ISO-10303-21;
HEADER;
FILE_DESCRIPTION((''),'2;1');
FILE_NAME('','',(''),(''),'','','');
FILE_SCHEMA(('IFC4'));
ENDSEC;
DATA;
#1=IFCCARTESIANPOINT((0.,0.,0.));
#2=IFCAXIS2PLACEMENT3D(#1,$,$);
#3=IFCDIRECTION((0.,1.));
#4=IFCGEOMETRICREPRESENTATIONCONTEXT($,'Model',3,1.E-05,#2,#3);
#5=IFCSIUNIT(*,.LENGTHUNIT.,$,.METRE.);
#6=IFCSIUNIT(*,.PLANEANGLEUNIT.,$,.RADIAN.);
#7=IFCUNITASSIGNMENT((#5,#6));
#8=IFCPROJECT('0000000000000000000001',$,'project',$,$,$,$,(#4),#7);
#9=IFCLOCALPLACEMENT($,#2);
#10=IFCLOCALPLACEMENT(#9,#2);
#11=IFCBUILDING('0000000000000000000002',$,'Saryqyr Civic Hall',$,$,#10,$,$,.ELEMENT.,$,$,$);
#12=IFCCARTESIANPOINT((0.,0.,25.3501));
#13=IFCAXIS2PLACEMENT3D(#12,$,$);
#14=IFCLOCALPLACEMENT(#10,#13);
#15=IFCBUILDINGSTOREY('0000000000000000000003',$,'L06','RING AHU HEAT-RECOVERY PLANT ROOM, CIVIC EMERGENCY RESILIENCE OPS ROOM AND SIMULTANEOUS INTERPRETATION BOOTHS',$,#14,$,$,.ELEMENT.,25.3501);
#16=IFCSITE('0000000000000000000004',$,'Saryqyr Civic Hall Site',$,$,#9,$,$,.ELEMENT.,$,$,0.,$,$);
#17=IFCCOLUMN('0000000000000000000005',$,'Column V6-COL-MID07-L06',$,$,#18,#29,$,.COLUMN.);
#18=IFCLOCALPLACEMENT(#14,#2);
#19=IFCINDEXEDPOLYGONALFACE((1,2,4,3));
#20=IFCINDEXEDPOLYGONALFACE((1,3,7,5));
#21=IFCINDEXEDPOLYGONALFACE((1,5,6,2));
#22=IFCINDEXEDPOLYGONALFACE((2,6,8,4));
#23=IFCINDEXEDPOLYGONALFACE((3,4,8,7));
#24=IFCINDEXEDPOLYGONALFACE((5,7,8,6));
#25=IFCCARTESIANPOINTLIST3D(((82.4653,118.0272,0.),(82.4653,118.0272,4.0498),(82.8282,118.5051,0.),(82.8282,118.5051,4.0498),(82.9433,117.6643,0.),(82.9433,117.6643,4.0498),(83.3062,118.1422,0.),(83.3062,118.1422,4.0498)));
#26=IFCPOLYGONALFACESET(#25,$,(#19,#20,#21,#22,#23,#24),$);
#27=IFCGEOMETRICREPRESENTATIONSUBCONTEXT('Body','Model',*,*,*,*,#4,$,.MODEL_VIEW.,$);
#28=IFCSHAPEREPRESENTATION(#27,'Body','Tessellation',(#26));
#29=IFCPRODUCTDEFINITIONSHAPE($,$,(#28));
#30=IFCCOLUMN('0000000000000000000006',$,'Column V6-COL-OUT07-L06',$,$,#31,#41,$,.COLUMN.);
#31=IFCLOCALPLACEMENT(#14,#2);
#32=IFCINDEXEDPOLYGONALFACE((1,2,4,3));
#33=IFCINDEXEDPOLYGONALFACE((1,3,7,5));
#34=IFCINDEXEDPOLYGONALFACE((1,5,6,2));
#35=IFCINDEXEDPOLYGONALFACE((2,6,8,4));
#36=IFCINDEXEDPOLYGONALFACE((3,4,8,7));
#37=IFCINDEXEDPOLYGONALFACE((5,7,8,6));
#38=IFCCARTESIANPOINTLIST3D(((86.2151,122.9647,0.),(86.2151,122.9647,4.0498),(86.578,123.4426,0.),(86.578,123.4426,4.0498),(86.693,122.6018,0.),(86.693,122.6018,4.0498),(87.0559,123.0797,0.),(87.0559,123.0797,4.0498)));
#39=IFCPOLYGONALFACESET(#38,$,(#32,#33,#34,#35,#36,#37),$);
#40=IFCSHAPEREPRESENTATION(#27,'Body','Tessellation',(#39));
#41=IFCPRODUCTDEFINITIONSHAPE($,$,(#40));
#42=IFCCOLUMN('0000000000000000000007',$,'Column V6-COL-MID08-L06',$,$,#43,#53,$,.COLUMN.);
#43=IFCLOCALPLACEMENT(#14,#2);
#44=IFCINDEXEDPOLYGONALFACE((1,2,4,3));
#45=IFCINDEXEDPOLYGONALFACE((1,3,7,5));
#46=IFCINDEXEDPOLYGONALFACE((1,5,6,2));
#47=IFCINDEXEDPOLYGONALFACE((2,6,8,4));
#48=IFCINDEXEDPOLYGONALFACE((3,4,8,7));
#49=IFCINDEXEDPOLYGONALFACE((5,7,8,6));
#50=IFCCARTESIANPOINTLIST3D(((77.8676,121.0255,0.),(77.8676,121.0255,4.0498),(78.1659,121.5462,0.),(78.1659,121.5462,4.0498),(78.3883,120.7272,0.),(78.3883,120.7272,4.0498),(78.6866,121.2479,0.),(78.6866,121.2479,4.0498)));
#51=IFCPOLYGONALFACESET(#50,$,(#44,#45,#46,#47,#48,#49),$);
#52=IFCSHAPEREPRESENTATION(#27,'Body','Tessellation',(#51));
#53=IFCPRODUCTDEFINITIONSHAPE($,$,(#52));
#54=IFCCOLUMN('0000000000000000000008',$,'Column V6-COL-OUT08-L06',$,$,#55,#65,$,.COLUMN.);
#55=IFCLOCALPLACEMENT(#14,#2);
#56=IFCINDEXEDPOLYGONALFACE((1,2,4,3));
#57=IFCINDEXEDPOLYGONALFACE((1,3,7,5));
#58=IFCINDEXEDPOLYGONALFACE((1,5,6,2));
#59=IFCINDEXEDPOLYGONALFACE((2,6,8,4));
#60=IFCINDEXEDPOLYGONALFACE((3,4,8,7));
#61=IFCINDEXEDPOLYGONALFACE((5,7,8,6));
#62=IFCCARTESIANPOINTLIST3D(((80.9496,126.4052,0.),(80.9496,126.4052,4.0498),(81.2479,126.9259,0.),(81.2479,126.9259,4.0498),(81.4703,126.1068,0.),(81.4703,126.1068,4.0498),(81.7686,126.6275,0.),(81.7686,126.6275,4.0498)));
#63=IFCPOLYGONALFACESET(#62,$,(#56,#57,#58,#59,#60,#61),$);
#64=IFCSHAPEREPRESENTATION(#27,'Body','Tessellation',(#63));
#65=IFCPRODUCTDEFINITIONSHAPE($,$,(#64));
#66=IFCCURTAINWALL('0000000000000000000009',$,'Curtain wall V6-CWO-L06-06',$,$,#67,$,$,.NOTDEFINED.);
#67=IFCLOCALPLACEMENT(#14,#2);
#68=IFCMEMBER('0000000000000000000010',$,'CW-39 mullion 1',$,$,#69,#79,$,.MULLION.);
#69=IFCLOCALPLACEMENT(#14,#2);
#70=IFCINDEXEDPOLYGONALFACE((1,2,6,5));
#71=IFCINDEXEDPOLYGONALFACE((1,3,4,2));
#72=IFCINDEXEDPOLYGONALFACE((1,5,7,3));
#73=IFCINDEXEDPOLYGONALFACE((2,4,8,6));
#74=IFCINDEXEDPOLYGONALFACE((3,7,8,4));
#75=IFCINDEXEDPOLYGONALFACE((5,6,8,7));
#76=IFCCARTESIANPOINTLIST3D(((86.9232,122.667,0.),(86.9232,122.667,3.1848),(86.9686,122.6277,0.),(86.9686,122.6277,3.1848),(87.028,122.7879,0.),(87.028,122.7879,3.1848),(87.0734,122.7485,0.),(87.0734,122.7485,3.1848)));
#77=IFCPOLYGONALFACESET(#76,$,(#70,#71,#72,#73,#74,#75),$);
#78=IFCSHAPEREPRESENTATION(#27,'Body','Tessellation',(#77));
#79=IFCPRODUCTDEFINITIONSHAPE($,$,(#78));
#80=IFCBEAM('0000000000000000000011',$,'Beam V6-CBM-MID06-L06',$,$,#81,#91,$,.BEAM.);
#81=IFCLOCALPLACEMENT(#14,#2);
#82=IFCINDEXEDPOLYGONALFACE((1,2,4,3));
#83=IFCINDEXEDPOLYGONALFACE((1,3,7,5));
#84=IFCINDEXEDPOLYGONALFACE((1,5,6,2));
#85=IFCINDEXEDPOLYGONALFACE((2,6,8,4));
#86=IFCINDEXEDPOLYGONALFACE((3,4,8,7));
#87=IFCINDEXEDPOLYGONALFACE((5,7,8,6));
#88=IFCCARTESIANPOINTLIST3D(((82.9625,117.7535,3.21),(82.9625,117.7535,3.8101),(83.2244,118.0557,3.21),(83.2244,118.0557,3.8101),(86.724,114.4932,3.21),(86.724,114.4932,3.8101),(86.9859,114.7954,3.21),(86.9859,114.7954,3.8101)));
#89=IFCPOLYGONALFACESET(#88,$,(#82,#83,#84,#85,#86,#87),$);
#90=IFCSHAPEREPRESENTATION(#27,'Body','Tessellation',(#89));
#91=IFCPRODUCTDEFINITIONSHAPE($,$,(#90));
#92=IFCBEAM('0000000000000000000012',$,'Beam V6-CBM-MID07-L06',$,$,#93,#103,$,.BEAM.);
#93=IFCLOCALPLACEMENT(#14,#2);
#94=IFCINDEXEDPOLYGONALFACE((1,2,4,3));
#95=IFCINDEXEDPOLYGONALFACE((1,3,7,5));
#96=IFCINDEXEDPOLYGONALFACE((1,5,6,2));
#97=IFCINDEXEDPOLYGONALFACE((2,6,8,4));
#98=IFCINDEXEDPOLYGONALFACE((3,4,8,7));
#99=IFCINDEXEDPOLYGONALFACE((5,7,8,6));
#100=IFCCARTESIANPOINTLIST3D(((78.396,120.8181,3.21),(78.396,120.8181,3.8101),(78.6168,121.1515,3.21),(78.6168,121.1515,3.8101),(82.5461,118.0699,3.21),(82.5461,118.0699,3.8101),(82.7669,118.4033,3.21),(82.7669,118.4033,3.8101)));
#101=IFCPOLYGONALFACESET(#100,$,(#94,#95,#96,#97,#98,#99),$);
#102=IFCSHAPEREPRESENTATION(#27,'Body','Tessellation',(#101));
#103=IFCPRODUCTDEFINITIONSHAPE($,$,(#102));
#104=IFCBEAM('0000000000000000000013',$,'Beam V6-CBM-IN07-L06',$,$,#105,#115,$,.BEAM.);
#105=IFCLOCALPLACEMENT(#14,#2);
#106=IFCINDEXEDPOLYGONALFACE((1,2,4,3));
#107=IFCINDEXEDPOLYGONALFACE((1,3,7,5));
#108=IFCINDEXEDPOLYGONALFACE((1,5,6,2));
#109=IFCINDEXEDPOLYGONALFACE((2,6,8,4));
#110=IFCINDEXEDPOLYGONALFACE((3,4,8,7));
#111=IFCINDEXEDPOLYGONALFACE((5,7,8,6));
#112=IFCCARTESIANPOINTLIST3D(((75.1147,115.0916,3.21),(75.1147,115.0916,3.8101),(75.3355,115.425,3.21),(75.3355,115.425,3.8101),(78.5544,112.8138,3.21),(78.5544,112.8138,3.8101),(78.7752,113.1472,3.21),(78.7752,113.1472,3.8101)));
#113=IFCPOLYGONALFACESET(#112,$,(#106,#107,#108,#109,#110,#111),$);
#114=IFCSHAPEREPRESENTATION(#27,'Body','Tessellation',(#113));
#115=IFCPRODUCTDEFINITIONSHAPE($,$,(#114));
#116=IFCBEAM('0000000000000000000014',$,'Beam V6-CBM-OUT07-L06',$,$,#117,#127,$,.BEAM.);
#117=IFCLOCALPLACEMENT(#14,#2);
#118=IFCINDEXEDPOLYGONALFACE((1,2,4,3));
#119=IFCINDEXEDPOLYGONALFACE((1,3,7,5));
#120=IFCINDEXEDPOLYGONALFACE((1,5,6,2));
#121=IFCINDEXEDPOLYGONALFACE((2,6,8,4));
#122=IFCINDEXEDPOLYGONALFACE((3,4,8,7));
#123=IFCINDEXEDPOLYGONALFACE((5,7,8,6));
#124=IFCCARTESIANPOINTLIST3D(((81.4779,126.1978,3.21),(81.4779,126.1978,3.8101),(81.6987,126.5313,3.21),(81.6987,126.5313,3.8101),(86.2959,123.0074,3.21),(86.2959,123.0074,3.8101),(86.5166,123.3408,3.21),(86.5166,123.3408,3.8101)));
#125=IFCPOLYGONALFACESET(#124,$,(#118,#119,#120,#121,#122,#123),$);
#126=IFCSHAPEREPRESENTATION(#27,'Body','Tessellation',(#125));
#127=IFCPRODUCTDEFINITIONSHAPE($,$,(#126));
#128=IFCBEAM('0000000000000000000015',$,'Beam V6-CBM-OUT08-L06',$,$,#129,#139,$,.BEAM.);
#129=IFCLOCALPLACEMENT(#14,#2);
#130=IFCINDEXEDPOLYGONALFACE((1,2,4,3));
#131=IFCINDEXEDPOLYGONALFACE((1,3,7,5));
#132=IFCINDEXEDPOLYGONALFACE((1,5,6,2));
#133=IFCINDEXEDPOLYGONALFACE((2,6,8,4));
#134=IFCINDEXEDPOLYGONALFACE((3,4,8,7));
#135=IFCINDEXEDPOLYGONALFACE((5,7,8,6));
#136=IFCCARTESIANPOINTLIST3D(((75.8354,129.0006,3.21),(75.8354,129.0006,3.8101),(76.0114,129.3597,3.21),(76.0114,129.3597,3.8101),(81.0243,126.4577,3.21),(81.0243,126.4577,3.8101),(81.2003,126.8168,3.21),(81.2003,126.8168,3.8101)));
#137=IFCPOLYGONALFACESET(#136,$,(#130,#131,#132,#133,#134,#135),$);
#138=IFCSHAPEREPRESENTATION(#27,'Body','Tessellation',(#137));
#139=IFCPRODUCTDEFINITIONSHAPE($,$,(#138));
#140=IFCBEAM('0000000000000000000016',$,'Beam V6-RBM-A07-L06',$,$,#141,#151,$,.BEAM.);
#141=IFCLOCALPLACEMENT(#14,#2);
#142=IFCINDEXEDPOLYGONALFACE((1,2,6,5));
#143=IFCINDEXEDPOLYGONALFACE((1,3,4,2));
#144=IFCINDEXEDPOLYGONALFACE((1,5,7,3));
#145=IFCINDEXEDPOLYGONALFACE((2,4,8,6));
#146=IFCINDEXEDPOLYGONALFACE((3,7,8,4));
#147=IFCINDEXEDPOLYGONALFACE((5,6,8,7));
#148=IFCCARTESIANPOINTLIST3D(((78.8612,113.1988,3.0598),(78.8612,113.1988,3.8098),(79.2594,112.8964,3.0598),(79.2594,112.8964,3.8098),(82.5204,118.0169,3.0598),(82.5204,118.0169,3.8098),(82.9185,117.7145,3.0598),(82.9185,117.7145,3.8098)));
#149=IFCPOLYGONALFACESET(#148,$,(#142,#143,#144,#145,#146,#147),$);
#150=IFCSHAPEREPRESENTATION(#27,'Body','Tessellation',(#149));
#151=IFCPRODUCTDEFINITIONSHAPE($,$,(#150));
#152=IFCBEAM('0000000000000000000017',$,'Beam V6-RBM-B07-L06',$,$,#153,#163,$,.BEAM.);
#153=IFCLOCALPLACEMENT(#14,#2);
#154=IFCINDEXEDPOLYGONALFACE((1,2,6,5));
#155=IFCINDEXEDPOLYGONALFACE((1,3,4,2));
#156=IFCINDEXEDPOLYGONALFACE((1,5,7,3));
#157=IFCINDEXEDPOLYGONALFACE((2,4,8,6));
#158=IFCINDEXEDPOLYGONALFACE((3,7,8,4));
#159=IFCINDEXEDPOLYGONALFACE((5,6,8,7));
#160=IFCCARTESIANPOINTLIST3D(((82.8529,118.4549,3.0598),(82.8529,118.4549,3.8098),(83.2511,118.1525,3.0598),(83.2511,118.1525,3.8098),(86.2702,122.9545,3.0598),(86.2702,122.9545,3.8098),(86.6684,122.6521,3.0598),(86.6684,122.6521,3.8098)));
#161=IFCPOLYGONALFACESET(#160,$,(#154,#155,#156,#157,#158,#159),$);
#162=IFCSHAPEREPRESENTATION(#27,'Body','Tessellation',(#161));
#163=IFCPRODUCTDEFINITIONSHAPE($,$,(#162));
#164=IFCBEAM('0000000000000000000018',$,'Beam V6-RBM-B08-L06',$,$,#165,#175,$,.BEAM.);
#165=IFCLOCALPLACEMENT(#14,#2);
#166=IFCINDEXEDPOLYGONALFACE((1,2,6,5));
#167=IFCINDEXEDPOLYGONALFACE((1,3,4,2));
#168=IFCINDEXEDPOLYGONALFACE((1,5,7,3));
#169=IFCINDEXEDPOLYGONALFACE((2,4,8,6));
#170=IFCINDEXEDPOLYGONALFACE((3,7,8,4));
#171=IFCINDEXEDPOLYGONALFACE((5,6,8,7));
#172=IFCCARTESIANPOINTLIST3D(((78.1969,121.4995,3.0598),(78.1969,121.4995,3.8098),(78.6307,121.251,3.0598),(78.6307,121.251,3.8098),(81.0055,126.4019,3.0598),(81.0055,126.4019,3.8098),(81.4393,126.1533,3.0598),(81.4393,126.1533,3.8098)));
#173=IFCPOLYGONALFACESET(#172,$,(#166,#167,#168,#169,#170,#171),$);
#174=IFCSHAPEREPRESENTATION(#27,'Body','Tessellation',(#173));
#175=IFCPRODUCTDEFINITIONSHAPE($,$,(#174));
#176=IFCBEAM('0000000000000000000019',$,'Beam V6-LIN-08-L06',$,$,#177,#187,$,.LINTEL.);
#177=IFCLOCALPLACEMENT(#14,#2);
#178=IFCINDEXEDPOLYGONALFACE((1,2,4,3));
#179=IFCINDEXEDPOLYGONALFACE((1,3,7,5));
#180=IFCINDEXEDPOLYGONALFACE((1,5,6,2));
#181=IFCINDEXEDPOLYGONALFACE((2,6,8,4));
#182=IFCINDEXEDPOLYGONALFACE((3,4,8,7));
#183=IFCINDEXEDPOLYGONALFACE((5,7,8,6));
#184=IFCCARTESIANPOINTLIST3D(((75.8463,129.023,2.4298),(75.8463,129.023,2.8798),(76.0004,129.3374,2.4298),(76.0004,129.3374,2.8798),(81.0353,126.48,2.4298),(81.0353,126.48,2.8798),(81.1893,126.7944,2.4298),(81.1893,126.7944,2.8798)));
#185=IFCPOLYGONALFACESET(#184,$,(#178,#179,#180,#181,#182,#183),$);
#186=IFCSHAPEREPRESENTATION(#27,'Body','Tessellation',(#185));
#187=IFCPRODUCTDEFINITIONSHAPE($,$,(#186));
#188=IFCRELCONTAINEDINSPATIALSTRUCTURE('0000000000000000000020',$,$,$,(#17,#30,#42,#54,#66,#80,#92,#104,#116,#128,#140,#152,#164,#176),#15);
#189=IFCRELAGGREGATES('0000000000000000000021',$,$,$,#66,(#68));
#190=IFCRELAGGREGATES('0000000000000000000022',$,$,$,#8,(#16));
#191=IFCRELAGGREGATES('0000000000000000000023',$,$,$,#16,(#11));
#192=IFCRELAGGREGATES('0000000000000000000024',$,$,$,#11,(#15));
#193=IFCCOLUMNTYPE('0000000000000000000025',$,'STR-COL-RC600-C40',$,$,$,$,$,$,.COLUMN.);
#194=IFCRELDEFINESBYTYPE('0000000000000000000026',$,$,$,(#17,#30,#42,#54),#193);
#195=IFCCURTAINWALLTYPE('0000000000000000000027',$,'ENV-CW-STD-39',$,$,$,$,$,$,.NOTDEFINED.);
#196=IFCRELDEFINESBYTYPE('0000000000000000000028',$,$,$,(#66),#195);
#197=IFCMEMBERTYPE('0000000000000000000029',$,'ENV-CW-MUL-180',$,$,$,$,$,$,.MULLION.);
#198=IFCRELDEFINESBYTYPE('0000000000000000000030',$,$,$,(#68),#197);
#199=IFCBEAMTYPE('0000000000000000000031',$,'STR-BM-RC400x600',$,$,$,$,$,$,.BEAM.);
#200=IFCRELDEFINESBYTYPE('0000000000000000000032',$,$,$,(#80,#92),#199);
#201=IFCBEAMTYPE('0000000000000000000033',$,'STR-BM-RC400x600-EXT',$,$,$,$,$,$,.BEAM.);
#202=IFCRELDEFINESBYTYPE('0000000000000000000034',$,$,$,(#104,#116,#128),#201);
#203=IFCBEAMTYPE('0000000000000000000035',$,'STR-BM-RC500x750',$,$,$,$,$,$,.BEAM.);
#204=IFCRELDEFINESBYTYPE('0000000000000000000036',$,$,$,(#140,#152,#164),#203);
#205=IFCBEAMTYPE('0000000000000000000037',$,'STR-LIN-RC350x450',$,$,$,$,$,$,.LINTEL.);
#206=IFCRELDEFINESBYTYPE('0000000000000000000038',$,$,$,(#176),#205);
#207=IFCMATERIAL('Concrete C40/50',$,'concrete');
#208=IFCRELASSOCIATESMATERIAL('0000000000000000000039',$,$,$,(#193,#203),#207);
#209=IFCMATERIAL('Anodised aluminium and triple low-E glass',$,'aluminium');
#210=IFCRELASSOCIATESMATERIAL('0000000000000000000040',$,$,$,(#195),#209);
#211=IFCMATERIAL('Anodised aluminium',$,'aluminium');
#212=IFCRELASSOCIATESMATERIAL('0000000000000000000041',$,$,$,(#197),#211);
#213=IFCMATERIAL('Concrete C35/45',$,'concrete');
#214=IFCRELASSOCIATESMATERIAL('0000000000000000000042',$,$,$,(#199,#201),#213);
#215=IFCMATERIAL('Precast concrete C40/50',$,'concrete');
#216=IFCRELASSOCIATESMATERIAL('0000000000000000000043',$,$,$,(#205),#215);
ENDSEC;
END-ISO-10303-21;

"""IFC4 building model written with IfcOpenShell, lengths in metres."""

from ifc_helpers import new_model, si_unit, direction, frame, origin, origin_2d, place, context, subcontext, project, spatial, rectangle, extrude, material, material_profile, profile_set, type_object, element, aggregate, save


model = new_model("IFC4")

# Units and contexts
model_context = context("Model", 3, precision=1e-05, world=origin(), true_north=direction((0.0, 1.0)))
body_context = subcontext(model_context, "Body", "Model", "MODEL_VIEW")
ifc_project = project(units=[si_unit("LENGTHUNIT", "METRE"), si_unit("PLANEANGLEUNIT", "RADIAN")], contexts=[model_context])

# Site, building, storey
site_placement = place(None, origin())
site = spatial("IfcSite", under=ifc_project, at=site_placement, Name="Saryqyr Civic Hall Site", CompositionType="ELEMENT", RefElevation=0.0)
building_placement = place(site_placement, origin())
building = spatial("IfcBuilding", under=site, at=building_placement, Name="Saryqyr Civic Hall", CompositionType="ELEMENT")
storey_placement = place(building_placement, frame((0.0, 0.0, 25.3501)))
storey = spatial("IfcBuildingStorey", under=building, at=storey_placement, Name="L06", Description="RING AHU HEAT-RECOVERY PLANT ROOM, CIVIC EMERGENCY RESILIENCE OPS ROOM AND SIMULTANEOUS INTERPRETATION BOOTHS", CompositionType="ELEMENT", Elevation=25.3501)

# Columns
ifc_material_1 = material(Name="Concrete C40/50", Category="concrete")
ifc_material_profile_1 = material_profile(ifc_material_1, rectangle(XDim=0.6001, YDim=0.6001, at=origin_2d()), Name="RC 600x600")
ifc_profile_set_1 = profile_set([ifc_material_profile_1], Name="Concrete C40/50")
column_type = type_object("IfcColumnType", Name="STR-COL-RC600-C40", PredefinedType="COLUMN", material=ifc_profile_set_1)
for number, where, z_axis, x_axis, name in (
    (1, (82.8857, 118.0847, 0.0), (0.0, 0.0, 1.0), (0.604738, 0.796424, 0.0), "Column V6-COL-MID07-L06"),
    (2, (86.6355, 123.0222, 0.0), (0.0, 0.0, 1.0), (0.604738, 0.796424, 0.0), "Column V6-COL-OUT07-L06"),
    (3, (78.2771, 121.1367, 0.0), (0.0, 0.0, 1.0), (0.497125, 0.867679, 0.0), "Column V6-COL-MID08-L06"),
    (4, (81.3591, 126.5164, 0.0), (0.0, 0.0, 1.0), (0.497125, 0.867679, 0.0), "Column V6-COL-OUT08-L06"),
):
    element("IfcColumn", number, at=place(storey_placement, frame(where, z_axis=z_axis, x_axis=x_axis)), inside=storey, type_object=column_type, Name=name, PredefinedType="COLUMN", context=body_context, shape_type="SweptSolid", body=[
        extrude(rectangle(XDim=0.6001, YDim=0.6001, at=origin_2d()), origin(), (0.0, 0.0, 1.0), 4.0498),
    ])

# Curtain wall, member
ifc_material_2 = material(Name="Anodised aluminium and triple low-E glass", Category="aluminium")
curtain_wall_type = type_object("IfcCurtainWallType", Name="ENV-CW-STD-39", PredefinedType="NOTDEFINED", material=ifc_material_2)
curtain_wall_placement = place(storey_placement, origin())
curtain_wall = element("IfcCurtainWall", 5, at=curtain_wall_placement, inside=storey, type_object=curtain_wall_type, Name="Curtain wall V6-CWO-L06-06", PredefinedType="NOTDEFINED")
ifc_material_3 = material(Name="Anodised aluminium", Category="aluminium")
ifc_material_profile_2 = material_profile(ifc_material_3, rectangle(XDim=0.0601, YDim=0.1599, at=origin_2d()), Name="ALU MULLION 60x160")
ifc_profile_set_2 = profile_set([ifc_material_profile_2], Name="Anodised aluminium")
member_type = type_object("IfcMemberType", Name="ENV-CW-MUL-180", PredefinedType="MULLION", material=ifc_profile_set_2)
member_placement = place(storey_placement, frame((86.9983, 122.7078, 0.0), z_axis=(0.0, 0.0, 1.0), x_axis=(0.755657, -0.654967, 0.0)))
member = element("IfcMember", 6, at=member_placement, type_object=member_type, Name="CW-39 mullion 1", PredefinedType="MULLION", context=body_context, shape_type="SweptSolid", body=[
    extrude(rectangle(XDim=0.0601, YDim=0.1599, at=origin_2d()), origin(), (0.0, 0.0, 1.0), 3.1848),
])
aggregate(curtain_wall, [member])

# Beams
ifc_material_4 = material(Name="Concrete C35/45", Category="concrete")
ifc_material_profile_3 = material_profile(ifc_material_4, rectangle(XDim=0.3999, YDim=0.6001, at=origin_2d()), Name="RC 400x600")
ifc_profile_set_3 = profile_set([ifc_material_profile_3], Name="Concrete C35/45")
beam_type_1 = type_object("IfcBeamType", Name="STR-BM-RC400x600", PredefinedType="BEAM", material=ifc_profile_set_3)
beam_1_placement = place(storey_placement, frame((86.855, 114.6443, 3.51), z_axis=(-0.755658, 0.654966, 0.0), x_axis=(-0.654966, -0.755658, 0.0)))
element("IfcBeam", 7, at=beam_1_placement, inside=storey, type_object=beam_type_1, Name="Beam V6-CBM-MID06-L06", PredefinedType="BEAM", context=body_context, shape_type="SweptSolid", body=[
    extrude(rectangle(XDim=0.3999, YDim=0.6001, at=origin_2d()), origin(), (0.0, 0.0, 1.0), 4.9778),
])
beam_2_placement = place(storey_placement, frame((82.6565, 118.2366, 3.51), z_axis=(-0.833759, 0.552128, 0.0), x_axis=(-0.552128, -0.833759, 0.0)))
element("IfcBeam", 8, at=beam_2_placement, inside=storey, type_object=beam_type_1, Name="Beam V6-CBM-MID07-L06", PredefinedType="BEAM", context=body_context, shape_type="SweptSolid", body=[
    extrude(rectangle(XDim=0.3999, YDim=0.6001, at=origin_2d()), origin(), (0.0, 0.0, 1.0), 4.9775),
])
ifc_material_profile_4 = material_profile(ifc_material_4, rectangle(XDim=0.3999, YDim=0.6001, at=origin_2d()), Name="RC 400x600")
ifc_profile_set_4 = profile_set([ifc_material_profile_4], Name="Concrete C35/45")
beam_type_2 = type_object("IfcBeamType", Name="STR-BM-RC400x600-EXT", PredefinedType="BEAM", material=ifc_profile_set_4)
beam_3_placement = place(storey_placement, frame((78.6648, 112.9805, 3.51), z_axis=(-0.833758, 0.55213, 0.0), x_axis=(-0.55213, -0.833758, 0.0)))
element("IfcBeam", 9, at=beam_3_placement, inside=storey, type_object=beam_type_2, Name="Beam V6-CBM-IN07-L06", PredefinedType="BEAM", context=body_context, shape_type="SweptSolid", body=[
    extrude(rectangle(XDim=0.3999, YDim=0.6001, at=origin_2d()), origin(), (0.0, 0.0, 1.0), 4.1255),
])
for number, where, z_axis, x_axis, name in (
    (10, (86.4062, 123.1741, 3.51), (-0.833762, 0.552124, 0.0), (-0.552124, -0.833762, 0.0), "Beam V6-CBM-OUT07-L06"),
    (11, (81.1123, 126.6372, 3.51), (-0.897965, 0.440068, 0.0), (-0.440068, -0.897965, 0.0), "Beam V6-CBM-OUT08-L06"),
):
    element("IfcBeam", number, at=place(storey_placement, frame(where, z_axis=z_axis, x_axis=x_axis)), inside=storey, type_object=beam_type_2, Name=name, PredefinedType="BEAM", context=body_context, shape_type="SweptSolid", body=[
        extrude(rectangle(XDim=0.3999, YDim=0.6001, at=origin_2d()), origin(), (0.0, 0.0, 1.0), 5.7786),
    ])
ifc_material_profile_5 = material_profile(ifc_material_1, rectangle(XDim=0.5, YDim=0.75, at=origin_2d()), Name="RC 500x750")
ifc_profile_set_5 = profile_set([ifc_material_profile_5], Name="Concrete C40/50")
beam_type_3 = type_object("IfcBeamType", Name="STR-BM-RC500x750", PredefinedType="BEAM", material=ifc_profile_set_5)
beam_4_placement = place(storey_placement, frame((79.0603, 113.0476, 3.4348), z_axis=(0.604812, 0.796368, 0.0), x_axis=(-0.796368, 0.604812, 0.0)))
element("IfcBeam", 12, at=beam_4_placement, inside=storey, type_object=beam_type_3, Name="Beam V6-RBM-A07-L06", PredefinedType="BEAM", context=body_context, shape_type="SweptSolid", body=[
    extrude(rectangle(XDim=0.5, YDim=0.75, at=origin_2d()), origin(), (0.0, 0.0, 1.0), 6.05),
])
beam_5_placement = place(storey_placement, frame((83.052, 118.3037, 3.4348), z_axis=(0.604815, 0.796366, 0.0), x_axis=(-0.796366, 0.604815, 0.0)))
element("IfcBeam", 13, at=beam_5_placement, inside=storey, type_object=beam_type_3, Name="Beam V6-RBM-B07-L06", PredefinedType="BEAM", context=body_context, shape_type="SweptSolid", body=[
    extrude(rectangle(XDim=0.5, YDim=0.75, at=origin_2d()), origin(), (0.0, 0.0, 1.0), 5.6501),
])
beam_6_placement = place(storey_placement, frame((78.4138, 121.3752, 3.4348), z_axis=(0.497107, 0.867689, 0.0), x_axis=(-0.867689, 0.497107, 0.0)))
element("IfcBeam", 14, at=beam_6_placement, inside=storey, type_object=beam_type_3, Name="Beam V6-RBM-B08-L06", PredefinedType="BEAM", context=body_context, shape_type="SweptSolid", body=[
    extrude(rectangle(XDim=0.5, YDim=0.75, at=origin_2d()), origin(), (0.0, 0.0, 1.0), 5.6499),
])
ifc_material_5 = material(Name="Precast concrete C40/50", Category="concrete")
ifc_material_profile_6 = material_profile(ifc_material_5, rectangle(XDim=0.3501, YDim=0.45, at=origin_2d()), Name="RC 350x450")
ifc_profile_set_6 = profile_set([ifc_material_profile_6], Name="Precast concrete C40/50")
beam_type_4 = type_object("IfcBeamType", Name="STR-LIN-RC350x450", PredefinedType="LINTEL", material=ifc_profile_set_6)
beam_7_placement = place(storey_placement, frame((81.1123, 126.6372, 2.6548), z_axis=(-0.897965, 0.440068, 0.0), x_axis=(-0.440068, -0.897965, 0.0)))
element("IfcBeam", 15, at=beam_7_placement, inside=storey, type_object=beam_type_4, Name="Beam V6-LIN-08-L06", PredefinedType="LINTEL", context=body_context, shape_type="SweptSolid", body=[
    extrude(rectangle(XDim=0.3501, YDim=0.45, at=origin_2d()), origin(), (0.0, 0.0, 1.0), 5.7786),
])

save(model, "model.ifc")
